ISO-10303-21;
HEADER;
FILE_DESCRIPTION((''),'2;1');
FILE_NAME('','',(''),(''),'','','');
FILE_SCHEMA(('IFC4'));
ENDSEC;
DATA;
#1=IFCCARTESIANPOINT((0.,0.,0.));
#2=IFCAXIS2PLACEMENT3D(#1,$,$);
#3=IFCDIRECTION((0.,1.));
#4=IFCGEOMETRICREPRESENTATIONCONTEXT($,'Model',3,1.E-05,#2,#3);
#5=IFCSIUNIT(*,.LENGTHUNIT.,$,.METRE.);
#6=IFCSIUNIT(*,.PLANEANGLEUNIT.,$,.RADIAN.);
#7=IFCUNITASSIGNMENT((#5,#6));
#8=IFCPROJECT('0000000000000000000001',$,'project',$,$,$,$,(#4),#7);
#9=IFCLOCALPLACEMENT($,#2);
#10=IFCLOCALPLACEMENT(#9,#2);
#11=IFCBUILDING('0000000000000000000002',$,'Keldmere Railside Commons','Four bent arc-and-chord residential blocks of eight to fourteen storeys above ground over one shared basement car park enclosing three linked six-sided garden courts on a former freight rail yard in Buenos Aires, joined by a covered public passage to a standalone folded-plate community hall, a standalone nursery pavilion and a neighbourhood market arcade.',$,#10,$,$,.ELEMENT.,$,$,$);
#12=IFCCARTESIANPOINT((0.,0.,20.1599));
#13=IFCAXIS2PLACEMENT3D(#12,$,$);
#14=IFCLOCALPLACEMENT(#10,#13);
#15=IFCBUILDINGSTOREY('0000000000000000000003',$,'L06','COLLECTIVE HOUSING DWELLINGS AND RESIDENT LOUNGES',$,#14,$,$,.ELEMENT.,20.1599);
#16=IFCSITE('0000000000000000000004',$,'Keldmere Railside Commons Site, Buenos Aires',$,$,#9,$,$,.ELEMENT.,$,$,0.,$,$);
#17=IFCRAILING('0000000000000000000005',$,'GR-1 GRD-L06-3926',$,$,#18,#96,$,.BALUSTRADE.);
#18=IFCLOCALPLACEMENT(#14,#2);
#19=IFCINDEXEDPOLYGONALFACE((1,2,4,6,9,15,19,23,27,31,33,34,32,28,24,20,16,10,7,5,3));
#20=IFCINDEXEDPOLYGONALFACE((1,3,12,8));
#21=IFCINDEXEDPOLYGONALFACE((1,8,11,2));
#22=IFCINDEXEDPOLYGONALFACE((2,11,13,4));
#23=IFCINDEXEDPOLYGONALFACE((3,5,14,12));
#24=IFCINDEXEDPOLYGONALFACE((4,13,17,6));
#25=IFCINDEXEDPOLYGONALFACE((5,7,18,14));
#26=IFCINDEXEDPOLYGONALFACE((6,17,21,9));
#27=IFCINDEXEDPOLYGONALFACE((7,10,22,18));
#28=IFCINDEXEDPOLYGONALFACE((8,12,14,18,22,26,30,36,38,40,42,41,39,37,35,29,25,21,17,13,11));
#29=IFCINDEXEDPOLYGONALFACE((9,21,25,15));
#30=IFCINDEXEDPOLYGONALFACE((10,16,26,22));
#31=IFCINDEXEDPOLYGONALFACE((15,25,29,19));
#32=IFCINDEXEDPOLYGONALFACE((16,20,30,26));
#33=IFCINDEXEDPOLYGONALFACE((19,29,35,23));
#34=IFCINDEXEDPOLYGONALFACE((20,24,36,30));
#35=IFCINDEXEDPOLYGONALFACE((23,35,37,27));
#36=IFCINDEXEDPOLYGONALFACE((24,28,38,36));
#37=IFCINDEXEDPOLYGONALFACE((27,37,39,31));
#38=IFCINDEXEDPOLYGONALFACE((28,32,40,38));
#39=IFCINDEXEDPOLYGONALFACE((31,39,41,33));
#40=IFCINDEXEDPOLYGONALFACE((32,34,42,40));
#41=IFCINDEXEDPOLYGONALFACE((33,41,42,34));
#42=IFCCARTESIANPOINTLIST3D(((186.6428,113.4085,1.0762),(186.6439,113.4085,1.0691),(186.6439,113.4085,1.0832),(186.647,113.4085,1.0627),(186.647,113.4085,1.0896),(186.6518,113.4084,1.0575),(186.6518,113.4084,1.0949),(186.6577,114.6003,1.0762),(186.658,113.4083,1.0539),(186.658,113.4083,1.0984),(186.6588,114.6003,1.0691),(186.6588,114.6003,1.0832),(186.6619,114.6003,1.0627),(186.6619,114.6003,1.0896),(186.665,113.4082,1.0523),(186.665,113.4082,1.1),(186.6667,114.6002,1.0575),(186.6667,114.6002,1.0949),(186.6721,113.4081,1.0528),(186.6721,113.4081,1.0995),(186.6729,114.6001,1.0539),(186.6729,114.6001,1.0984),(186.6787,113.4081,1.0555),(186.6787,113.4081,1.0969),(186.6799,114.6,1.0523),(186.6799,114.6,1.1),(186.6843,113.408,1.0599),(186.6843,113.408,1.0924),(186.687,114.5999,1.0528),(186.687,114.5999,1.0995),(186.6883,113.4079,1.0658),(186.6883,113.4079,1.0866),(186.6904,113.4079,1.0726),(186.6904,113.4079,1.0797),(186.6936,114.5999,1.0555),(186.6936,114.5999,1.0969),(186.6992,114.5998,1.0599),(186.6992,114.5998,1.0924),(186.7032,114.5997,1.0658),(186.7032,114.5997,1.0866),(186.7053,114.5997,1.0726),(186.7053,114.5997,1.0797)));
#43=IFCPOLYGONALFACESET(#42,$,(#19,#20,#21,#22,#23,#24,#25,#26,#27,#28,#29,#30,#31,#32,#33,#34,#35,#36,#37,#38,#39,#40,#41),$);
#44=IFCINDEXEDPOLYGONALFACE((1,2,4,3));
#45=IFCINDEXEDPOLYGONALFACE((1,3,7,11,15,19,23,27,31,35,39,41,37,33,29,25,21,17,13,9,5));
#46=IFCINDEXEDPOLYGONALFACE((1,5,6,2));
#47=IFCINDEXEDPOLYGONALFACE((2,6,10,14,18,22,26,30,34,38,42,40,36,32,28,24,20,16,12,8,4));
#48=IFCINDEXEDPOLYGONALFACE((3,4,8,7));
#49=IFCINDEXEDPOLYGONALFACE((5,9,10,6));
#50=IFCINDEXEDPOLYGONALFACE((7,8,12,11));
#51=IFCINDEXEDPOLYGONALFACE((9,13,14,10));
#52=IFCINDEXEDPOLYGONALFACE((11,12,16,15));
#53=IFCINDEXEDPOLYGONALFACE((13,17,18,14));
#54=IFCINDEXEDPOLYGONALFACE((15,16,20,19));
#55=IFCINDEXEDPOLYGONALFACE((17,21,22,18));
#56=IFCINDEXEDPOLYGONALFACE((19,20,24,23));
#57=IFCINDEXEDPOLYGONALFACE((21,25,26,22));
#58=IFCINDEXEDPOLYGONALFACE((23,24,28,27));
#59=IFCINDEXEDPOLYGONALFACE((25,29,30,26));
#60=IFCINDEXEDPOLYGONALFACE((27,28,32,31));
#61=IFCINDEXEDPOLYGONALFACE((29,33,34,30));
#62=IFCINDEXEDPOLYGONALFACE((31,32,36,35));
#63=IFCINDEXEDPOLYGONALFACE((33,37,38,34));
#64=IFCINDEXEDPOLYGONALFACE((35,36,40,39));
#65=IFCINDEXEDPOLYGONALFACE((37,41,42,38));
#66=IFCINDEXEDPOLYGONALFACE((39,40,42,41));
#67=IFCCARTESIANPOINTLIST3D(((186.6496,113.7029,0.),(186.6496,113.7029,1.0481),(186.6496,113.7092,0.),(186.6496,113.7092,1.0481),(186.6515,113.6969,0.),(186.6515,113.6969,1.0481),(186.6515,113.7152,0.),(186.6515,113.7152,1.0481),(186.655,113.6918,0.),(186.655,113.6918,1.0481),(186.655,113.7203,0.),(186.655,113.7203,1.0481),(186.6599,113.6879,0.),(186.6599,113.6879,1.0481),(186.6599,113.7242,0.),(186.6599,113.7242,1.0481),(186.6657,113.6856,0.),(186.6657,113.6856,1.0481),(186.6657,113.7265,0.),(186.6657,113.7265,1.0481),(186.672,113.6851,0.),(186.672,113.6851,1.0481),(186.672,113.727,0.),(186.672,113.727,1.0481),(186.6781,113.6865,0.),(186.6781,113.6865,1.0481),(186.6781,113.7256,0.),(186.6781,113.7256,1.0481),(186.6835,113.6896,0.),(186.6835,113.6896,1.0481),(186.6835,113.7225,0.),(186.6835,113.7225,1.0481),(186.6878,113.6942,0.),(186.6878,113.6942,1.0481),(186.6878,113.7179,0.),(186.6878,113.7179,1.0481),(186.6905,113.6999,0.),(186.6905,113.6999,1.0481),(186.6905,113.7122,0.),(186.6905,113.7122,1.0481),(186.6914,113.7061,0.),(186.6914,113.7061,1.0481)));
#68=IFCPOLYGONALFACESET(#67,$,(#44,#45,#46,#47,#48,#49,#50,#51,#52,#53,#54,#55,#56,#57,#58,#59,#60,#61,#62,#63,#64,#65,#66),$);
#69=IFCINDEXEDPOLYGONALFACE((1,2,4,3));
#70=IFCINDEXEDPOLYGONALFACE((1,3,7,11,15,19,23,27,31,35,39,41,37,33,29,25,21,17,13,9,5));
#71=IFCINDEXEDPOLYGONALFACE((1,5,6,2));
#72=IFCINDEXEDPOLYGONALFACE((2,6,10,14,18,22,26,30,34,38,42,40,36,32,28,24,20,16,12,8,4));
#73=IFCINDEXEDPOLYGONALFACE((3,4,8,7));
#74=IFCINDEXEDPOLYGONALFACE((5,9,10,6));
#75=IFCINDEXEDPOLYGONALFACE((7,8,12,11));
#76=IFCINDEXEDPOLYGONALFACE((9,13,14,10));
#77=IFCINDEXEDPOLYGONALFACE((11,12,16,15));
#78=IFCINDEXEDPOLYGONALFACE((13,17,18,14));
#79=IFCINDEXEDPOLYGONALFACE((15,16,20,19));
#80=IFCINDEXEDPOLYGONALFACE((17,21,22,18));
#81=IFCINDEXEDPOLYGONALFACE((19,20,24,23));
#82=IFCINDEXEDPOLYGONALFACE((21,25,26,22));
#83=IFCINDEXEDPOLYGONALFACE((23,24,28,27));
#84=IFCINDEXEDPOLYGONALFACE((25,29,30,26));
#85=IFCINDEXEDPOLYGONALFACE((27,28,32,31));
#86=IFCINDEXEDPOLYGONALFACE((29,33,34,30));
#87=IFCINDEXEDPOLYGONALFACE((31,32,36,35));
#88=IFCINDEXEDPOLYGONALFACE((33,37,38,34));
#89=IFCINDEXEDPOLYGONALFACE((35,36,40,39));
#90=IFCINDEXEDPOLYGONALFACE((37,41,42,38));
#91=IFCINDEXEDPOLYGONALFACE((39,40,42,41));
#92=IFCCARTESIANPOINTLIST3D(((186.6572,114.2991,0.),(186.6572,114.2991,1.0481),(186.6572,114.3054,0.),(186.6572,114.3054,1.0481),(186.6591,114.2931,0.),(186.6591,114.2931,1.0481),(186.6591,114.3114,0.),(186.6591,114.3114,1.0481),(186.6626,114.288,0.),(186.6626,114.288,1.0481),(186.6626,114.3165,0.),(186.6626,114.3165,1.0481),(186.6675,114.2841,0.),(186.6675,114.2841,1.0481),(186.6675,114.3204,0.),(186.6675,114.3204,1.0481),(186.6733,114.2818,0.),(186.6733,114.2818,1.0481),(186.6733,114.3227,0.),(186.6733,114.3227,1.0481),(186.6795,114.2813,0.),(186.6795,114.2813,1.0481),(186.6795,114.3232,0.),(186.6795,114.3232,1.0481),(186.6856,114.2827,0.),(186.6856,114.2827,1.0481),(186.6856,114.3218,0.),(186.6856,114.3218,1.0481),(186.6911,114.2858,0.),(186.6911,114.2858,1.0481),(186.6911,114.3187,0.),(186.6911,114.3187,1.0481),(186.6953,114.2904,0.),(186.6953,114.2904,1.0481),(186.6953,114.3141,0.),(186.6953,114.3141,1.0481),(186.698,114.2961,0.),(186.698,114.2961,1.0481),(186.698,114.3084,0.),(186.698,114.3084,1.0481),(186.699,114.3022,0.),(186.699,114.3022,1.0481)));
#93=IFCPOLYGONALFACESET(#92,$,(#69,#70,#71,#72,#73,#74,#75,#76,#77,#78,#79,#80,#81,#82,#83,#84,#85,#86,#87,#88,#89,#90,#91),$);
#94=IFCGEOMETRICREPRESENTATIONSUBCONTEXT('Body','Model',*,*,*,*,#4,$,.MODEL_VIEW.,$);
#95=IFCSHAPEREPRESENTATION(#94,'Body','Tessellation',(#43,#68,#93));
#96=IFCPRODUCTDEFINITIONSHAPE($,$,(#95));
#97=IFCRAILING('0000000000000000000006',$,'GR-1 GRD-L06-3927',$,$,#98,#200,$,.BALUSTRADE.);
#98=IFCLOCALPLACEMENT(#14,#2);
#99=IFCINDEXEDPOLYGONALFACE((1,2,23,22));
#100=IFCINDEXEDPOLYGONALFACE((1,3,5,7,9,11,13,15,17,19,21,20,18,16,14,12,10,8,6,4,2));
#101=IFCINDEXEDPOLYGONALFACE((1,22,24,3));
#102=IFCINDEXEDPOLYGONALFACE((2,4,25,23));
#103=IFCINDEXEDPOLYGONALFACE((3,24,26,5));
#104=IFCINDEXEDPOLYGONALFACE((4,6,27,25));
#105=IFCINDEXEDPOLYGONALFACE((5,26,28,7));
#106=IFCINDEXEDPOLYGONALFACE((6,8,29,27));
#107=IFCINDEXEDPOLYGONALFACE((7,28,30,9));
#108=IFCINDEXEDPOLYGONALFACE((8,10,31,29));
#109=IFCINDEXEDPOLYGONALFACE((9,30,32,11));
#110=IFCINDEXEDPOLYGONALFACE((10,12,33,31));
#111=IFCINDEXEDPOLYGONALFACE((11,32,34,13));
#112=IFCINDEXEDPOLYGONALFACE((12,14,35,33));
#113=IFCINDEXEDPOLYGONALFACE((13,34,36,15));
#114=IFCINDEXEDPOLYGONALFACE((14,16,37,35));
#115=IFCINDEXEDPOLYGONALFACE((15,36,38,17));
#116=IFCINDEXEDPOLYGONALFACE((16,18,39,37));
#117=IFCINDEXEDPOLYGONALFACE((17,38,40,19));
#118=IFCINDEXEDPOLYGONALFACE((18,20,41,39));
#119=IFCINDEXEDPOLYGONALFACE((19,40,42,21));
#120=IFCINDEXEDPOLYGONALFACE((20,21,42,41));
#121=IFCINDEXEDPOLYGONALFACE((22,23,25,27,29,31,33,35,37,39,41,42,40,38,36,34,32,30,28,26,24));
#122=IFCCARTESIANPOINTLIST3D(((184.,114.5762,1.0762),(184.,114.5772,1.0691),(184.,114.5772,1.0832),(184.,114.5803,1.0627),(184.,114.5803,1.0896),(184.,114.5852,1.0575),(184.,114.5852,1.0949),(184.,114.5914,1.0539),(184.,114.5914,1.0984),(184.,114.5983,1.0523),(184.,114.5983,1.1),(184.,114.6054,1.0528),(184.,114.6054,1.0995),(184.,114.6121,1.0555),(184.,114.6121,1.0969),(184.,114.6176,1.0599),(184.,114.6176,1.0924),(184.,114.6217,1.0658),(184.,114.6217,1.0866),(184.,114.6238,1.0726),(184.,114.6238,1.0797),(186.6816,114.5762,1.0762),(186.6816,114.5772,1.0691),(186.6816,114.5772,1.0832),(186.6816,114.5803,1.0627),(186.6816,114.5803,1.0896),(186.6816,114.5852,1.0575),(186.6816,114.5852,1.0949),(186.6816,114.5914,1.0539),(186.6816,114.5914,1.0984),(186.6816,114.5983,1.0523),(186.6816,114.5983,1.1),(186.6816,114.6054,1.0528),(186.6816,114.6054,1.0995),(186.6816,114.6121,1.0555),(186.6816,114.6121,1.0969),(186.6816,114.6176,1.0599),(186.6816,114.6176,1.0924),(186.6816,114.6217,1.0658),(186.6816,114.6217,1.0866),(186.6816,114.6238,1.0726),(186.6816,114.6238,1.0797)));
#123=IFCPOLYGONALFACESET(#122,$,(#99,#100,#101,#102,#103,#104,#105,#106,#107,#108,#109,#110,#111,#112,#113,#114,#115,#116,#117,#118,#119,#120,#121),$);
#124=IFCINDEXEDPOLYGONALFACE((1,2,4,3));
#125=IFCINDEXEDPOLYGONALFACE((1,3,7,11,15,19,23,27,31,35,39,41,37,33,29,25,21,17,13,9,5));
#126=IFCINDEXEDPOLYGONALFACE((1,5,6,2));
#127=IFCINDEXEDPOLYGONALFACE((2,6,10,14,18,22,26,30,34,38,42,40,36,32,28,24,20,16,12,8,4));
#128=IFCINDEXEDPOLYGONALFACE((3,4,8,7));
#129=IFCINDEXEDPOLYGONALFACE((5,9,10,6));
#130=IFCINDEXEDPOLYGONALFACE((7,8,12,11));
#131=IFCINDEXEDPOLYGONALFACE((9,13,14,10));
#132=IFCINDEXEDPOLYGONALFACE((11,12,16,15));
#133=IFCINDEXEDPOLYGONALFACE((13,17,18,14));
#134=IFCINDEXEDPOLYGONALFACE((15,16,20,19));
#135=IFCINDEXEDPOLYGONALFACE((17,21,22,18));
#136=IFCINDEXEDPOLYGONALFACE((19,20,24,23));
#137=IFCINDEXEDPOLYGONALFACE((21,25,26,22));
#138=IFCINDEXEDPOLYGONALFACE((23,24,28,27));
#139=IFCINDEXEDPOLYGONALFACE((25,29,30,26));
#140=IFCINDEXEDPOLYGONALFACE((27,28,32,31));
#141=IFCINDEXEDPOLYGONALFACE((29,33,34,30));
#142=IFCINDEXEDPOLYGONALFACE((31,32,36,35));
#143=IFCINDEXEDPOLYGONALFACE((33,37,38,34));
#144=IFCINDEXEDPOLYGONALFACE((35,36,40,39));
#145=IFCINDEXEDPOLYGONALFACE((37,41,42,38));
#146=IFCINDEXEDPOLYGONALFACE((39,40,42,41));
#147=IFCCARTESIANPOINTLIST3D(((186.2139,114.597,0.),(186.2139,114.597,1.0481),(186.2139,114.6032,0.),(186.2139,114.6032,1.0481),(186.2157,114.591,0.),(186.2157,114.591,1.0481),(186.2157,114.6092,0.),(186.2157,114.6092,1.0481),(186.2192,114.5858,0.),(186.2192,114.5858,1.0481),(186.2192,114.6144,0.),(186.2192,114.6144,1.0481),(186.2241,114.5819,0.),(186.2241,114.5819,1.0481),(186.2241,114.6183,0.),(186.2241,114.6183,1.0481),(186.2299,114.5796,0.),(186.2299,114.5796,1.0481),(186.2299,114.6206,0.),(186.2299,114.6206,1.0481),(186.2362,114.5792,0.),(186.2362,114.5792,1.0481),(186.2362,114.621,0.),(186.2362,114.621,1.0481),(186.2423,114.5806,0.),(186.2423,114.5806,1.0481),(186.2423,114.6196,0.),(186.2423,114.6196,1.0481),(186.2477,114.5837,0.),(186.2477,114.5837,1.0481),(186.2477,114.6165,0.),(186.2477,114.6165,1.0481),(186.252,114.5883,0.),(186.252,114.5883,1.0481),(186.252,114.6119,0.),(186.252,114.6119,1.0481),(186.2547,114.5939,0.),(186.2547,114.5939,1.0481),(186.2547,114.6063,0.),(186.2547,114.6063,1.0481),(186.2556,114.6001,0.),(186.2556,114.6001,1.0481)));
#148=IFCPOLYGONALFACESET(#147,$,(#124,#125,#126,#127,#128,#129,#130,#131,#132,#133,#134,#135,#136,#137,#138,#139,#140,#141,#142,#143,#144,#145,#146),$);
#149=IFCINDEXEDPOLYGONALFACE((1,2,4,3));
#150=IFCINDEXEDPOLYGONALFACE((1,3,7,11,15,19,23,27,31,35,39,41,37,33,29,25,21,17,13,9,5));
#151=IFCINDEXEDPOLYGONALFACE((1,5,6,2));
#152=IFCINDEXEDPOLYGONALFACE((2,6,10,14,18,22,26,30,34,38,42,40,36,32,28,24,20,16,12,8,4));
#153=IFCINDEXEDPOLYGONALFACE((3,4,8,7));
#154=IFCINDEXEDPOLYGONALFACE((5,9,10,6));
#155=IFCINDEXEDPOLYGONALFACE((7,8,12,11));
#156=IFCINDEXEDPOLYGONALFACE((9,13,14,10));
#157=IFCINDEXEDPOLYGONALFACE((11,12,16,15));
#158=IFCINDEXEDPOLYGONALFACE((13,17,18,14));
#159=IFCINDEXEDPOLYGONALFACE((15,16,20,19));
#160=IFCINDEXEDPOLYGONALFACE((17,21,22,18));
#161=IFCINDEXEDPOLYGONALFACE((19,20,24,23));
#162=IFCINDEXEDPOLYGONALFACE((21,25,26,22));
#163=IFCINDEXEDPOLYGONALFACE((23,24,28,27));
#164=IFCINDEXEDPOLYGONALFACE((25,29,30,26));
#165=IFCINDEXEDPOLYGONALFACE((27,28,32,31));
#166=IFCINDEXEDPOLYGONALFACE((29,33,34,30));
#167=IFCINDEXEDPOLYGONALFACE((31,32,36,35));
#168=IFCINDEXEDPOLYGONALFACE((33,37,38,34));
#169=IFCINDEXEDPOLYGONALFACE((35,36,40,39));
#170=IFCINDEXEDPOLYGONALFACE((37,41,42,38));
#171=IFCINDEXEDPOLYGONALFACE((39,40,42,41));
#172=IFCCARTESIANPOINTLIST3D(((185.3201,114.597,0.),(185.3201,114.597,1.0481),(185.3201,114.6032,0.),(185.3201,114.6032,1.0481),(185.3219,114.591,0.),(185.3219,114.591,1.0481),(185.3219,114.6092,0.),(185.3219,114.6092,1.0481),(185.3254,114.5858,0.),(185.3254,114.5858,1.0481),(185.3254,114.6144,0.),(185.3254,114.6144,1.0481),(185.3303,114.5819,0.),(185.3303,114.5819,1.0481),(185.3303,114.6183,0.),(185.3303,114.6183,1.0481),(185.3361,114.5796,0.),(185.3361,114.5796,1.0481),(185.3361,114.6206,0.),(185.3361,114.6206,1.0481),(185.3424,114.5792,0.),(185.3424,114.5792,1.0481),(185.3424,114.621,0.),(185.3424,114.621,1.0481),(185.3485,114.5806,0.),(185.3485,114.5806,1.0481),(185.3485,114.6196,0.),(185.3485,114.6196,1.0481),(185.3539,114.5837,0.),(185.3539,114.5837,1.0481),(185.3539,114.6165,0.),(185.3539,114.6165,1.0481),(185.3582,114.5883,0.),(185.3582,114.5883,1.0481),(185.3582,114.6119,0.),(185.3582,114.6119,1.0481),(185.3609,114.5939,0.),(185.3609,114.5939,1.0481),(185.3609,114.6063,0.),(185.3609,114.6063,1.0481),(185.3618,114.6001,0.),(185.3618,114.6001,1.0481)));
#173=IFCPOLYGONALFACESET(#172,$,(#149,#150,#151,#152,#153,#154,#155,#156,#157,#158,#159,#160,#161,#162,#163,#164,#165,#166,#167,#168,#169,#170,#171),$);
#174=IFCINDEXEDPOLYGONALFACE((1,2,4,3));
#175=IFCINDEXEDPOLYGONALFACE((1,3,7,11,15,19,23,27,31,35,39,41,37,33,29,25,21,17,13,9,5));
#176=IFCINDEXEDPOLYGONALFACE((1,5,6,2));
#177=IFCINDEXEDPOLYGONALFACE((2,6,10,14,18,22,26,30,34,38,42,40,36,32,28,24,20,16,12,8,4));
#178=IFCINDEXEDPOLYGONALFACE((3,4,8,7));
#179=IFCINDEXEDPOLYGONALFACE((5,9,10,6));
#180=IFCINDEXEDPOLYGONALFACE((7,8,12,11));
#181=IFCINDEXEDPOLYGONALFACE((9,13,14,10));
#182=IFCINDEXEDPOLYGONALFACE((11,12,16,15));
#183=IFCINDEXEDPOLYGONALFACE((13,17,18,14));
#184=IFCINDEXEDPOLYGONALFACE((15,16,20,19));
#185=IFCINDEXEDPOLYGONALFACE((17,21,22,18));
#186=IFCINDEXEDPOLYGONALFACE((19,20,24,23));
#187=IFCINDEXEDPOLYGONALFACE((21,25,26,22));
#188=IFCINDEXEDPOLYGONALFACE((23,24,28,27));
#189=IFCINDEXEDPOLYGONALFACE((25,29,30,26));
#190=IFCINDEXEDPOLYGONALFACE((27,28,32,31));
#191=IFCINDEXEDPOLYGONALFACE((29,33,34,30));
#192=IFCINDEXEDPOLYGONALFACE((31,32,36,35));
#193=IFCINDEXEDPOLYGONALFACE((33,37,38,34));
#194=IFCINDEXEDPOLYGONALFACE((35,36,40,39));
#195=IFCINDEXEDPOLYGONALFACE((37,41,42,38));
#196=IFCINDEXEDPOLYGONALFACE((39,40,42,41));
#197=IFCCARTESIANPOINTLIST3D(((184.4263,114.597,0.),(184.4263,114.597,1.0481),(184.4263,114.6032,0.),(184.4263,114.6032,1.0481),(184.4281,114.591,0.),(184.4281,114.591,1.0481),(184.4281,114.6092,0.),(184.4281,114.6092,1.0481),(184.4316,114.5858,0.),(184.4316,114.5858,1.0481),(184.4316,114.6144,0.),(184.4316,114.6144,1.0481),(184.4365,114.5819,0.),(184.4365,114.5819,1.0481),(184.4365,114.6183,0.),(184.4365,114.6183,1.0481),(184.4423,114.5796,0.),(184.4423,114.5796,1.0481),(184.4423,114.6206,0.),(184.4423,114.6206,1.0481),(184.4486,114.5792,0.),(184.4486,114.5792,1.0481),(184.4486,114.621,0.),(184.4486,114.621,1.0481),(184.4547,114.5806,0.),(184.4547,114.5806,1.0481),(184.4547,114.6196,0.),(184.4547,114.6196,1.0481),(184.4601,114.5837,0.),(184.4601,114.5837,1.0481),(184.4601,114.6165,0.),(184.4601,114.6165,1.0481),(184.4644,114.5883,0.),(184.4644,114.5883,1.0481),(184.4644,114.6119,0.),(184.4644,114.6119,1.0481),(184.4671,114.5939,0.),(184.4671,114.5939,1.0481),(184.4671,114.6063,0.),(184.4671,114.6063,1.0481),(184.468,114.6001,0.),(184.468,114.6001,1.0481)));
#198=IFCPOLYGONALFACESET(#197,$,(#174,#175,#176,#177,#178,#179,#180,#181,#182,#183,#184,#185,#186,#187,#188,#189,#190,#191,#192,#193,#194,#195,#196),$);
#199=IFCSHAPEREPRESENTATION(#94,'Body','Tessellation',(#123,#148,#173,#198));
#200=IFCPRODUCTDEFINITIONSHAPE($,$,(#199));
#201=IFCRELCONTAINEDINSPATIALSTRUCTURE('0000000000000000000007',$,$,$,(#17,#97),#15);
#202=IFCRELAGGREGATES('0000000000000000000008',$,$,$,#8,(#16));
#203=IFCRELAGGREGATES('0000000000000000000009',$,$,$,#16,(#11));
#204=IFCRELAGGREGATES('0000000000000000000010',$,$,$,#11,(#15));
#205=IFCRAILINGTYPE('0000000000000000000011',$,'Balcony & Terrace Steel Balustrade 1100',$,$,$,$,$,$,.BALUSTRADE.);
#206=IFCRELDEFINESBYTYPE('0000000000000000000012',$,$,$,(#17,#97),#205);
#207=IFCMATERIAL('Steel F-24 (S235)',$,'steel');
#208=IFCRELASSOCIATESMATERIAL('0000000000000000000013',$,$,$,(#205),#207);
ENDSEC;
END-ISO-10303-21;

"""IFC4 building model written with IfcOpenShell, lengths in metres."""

from ifc_helpers import new_model, si_unit, direction, frame, origin, origin_2d, place, context, subcontext, project, spatial, circle, extrude, material, type_object, element, save


model = new_model("IFC4")

# Units and contexts
model_context = context("Model", 3, precision=1e-05, world=origin(), true_north=direction((0.0, 1.0)))
body_context = subcontext(model_context, "Body", "Model", "MODEL_VIEW")
ifc_project = project(units=[si_unit("LENGTHUNIT", "METRE"), si_unit("PLANEANGLEUNIT", "RADIAN")], contexts=[model_context])

# Site, building, storey
site_placement = place(None, origin())
site = spatial("IfcSite", under=ifc_project, at=site_placement, Name="Keldmere Railside Commons Site, Buenos Aires", CompositionType="ELEMENT", RefElevation=0.0)
building_placement = place(site_placement, origin())
building = spatial("IfcBuilding", under=site, at=building_placement, Name="Keldmere Railside Commons", Description="Four bent arc-and-chord residential blocks of eight to fourteen storeys above ground over one shared basement car park enclosing three linked six-sided garden courts on a former freight rail yard in Buenos Aires, joined by a covered public passage to a standalone folded-plate community hall, a standalone nursery pavilion and a neighbourhood market arcade.", CompositionType="ELEMENT")
storey_placement = place(building_placement, frame((0.0, 0.0, 20.1599)))
storey = spatial("IfcBuildingStorey", under=building, at=storey_placement, Name="L06", Description="COLLECTIVE HOUSING DWELLINGS AND RESIDENT LOUNGES", CompositionType="ELEMENT", Elevation=20.1599)

# Railings
ifc_material_1 = material(Name="Steel F-24 (S235)", Category="steel")
railing_type = type_object("IfcRailingType", Name="Balcony & Terrace Steel Balustrade 1100", PredefinedType="BALUSTRADE", material=ifc_material_1)
railing_1_placement = place(storey_placement, frame((186.6667, 113.4082, 0.0)))
element("IfcRailing", 1, at=railing_1_placement, inside=storey, type_object=railing_type, Name="GR-1 GRD-L06-3926", PredefinedType="BALUSTRADE", context=body_context, shape_type="SweptSolid", body=[
    extrude(circle(Radius=0.0239, at=origin_2d()), frame((0.0, 0.0, 1.0762), z_axis=(0.012494, 0.999922, 0.0), x_axis=(-0.999922, 0.012494, 0.0)), (0.0, 0.0, 1.0), 1.1919),
    extrude(circle(Radius=0.021, at=origin_2d()), frame((0.0037, 0.2979, 0.0)), (0.0, 0.0, 1.0), 1.0481),
    extrude(circle(Radius=0.021, at=origin_2d()), frame((0.0112, 0.894, 0.0)), (0.0, 0.0, 1.0), 1.0481),
])
railing_2_placement = place(storey_placement, frame((186.6816, 114.6001, 0.0)))
element("IfcRailing", 2, at=railing_2_placement, inside=storey, type_object=railing_type, Name="GR-1 GRD-L06-3927", PredefinedType="BALUSTRADE", context=body_context, shape_type="SweptSolid", body=[
    extrude(circle(Radius=0.0239, at=origin_2d()), frame((0.0, 0.0, 1.0762), z_axis=(-1.0, 0.0, 0.0), x_axis=(0.0, -1.0, 0.0)), (0.0, 0.0, 1.0), 2.6816),
    extrude(circle(Radius=0.021, at=origin_2d()), frame((-0.447, 0.0, 0.0)), (0.0, 0.0, 1.0), 1.0481),
    extrude(circle(Radius=0.021, at=origin_2d()), frame((-1.3408, 0.0, 0.0)), (0.0, 0.0, 1.0), 1.0481),
    extrude(circle(Radius=0.021, at=origin_2d()), frame((-2.2346, 0.0, 0.0)), (0.0, 0.0, 1.0), 1.0481),
])

save(model, "model.ifc")
